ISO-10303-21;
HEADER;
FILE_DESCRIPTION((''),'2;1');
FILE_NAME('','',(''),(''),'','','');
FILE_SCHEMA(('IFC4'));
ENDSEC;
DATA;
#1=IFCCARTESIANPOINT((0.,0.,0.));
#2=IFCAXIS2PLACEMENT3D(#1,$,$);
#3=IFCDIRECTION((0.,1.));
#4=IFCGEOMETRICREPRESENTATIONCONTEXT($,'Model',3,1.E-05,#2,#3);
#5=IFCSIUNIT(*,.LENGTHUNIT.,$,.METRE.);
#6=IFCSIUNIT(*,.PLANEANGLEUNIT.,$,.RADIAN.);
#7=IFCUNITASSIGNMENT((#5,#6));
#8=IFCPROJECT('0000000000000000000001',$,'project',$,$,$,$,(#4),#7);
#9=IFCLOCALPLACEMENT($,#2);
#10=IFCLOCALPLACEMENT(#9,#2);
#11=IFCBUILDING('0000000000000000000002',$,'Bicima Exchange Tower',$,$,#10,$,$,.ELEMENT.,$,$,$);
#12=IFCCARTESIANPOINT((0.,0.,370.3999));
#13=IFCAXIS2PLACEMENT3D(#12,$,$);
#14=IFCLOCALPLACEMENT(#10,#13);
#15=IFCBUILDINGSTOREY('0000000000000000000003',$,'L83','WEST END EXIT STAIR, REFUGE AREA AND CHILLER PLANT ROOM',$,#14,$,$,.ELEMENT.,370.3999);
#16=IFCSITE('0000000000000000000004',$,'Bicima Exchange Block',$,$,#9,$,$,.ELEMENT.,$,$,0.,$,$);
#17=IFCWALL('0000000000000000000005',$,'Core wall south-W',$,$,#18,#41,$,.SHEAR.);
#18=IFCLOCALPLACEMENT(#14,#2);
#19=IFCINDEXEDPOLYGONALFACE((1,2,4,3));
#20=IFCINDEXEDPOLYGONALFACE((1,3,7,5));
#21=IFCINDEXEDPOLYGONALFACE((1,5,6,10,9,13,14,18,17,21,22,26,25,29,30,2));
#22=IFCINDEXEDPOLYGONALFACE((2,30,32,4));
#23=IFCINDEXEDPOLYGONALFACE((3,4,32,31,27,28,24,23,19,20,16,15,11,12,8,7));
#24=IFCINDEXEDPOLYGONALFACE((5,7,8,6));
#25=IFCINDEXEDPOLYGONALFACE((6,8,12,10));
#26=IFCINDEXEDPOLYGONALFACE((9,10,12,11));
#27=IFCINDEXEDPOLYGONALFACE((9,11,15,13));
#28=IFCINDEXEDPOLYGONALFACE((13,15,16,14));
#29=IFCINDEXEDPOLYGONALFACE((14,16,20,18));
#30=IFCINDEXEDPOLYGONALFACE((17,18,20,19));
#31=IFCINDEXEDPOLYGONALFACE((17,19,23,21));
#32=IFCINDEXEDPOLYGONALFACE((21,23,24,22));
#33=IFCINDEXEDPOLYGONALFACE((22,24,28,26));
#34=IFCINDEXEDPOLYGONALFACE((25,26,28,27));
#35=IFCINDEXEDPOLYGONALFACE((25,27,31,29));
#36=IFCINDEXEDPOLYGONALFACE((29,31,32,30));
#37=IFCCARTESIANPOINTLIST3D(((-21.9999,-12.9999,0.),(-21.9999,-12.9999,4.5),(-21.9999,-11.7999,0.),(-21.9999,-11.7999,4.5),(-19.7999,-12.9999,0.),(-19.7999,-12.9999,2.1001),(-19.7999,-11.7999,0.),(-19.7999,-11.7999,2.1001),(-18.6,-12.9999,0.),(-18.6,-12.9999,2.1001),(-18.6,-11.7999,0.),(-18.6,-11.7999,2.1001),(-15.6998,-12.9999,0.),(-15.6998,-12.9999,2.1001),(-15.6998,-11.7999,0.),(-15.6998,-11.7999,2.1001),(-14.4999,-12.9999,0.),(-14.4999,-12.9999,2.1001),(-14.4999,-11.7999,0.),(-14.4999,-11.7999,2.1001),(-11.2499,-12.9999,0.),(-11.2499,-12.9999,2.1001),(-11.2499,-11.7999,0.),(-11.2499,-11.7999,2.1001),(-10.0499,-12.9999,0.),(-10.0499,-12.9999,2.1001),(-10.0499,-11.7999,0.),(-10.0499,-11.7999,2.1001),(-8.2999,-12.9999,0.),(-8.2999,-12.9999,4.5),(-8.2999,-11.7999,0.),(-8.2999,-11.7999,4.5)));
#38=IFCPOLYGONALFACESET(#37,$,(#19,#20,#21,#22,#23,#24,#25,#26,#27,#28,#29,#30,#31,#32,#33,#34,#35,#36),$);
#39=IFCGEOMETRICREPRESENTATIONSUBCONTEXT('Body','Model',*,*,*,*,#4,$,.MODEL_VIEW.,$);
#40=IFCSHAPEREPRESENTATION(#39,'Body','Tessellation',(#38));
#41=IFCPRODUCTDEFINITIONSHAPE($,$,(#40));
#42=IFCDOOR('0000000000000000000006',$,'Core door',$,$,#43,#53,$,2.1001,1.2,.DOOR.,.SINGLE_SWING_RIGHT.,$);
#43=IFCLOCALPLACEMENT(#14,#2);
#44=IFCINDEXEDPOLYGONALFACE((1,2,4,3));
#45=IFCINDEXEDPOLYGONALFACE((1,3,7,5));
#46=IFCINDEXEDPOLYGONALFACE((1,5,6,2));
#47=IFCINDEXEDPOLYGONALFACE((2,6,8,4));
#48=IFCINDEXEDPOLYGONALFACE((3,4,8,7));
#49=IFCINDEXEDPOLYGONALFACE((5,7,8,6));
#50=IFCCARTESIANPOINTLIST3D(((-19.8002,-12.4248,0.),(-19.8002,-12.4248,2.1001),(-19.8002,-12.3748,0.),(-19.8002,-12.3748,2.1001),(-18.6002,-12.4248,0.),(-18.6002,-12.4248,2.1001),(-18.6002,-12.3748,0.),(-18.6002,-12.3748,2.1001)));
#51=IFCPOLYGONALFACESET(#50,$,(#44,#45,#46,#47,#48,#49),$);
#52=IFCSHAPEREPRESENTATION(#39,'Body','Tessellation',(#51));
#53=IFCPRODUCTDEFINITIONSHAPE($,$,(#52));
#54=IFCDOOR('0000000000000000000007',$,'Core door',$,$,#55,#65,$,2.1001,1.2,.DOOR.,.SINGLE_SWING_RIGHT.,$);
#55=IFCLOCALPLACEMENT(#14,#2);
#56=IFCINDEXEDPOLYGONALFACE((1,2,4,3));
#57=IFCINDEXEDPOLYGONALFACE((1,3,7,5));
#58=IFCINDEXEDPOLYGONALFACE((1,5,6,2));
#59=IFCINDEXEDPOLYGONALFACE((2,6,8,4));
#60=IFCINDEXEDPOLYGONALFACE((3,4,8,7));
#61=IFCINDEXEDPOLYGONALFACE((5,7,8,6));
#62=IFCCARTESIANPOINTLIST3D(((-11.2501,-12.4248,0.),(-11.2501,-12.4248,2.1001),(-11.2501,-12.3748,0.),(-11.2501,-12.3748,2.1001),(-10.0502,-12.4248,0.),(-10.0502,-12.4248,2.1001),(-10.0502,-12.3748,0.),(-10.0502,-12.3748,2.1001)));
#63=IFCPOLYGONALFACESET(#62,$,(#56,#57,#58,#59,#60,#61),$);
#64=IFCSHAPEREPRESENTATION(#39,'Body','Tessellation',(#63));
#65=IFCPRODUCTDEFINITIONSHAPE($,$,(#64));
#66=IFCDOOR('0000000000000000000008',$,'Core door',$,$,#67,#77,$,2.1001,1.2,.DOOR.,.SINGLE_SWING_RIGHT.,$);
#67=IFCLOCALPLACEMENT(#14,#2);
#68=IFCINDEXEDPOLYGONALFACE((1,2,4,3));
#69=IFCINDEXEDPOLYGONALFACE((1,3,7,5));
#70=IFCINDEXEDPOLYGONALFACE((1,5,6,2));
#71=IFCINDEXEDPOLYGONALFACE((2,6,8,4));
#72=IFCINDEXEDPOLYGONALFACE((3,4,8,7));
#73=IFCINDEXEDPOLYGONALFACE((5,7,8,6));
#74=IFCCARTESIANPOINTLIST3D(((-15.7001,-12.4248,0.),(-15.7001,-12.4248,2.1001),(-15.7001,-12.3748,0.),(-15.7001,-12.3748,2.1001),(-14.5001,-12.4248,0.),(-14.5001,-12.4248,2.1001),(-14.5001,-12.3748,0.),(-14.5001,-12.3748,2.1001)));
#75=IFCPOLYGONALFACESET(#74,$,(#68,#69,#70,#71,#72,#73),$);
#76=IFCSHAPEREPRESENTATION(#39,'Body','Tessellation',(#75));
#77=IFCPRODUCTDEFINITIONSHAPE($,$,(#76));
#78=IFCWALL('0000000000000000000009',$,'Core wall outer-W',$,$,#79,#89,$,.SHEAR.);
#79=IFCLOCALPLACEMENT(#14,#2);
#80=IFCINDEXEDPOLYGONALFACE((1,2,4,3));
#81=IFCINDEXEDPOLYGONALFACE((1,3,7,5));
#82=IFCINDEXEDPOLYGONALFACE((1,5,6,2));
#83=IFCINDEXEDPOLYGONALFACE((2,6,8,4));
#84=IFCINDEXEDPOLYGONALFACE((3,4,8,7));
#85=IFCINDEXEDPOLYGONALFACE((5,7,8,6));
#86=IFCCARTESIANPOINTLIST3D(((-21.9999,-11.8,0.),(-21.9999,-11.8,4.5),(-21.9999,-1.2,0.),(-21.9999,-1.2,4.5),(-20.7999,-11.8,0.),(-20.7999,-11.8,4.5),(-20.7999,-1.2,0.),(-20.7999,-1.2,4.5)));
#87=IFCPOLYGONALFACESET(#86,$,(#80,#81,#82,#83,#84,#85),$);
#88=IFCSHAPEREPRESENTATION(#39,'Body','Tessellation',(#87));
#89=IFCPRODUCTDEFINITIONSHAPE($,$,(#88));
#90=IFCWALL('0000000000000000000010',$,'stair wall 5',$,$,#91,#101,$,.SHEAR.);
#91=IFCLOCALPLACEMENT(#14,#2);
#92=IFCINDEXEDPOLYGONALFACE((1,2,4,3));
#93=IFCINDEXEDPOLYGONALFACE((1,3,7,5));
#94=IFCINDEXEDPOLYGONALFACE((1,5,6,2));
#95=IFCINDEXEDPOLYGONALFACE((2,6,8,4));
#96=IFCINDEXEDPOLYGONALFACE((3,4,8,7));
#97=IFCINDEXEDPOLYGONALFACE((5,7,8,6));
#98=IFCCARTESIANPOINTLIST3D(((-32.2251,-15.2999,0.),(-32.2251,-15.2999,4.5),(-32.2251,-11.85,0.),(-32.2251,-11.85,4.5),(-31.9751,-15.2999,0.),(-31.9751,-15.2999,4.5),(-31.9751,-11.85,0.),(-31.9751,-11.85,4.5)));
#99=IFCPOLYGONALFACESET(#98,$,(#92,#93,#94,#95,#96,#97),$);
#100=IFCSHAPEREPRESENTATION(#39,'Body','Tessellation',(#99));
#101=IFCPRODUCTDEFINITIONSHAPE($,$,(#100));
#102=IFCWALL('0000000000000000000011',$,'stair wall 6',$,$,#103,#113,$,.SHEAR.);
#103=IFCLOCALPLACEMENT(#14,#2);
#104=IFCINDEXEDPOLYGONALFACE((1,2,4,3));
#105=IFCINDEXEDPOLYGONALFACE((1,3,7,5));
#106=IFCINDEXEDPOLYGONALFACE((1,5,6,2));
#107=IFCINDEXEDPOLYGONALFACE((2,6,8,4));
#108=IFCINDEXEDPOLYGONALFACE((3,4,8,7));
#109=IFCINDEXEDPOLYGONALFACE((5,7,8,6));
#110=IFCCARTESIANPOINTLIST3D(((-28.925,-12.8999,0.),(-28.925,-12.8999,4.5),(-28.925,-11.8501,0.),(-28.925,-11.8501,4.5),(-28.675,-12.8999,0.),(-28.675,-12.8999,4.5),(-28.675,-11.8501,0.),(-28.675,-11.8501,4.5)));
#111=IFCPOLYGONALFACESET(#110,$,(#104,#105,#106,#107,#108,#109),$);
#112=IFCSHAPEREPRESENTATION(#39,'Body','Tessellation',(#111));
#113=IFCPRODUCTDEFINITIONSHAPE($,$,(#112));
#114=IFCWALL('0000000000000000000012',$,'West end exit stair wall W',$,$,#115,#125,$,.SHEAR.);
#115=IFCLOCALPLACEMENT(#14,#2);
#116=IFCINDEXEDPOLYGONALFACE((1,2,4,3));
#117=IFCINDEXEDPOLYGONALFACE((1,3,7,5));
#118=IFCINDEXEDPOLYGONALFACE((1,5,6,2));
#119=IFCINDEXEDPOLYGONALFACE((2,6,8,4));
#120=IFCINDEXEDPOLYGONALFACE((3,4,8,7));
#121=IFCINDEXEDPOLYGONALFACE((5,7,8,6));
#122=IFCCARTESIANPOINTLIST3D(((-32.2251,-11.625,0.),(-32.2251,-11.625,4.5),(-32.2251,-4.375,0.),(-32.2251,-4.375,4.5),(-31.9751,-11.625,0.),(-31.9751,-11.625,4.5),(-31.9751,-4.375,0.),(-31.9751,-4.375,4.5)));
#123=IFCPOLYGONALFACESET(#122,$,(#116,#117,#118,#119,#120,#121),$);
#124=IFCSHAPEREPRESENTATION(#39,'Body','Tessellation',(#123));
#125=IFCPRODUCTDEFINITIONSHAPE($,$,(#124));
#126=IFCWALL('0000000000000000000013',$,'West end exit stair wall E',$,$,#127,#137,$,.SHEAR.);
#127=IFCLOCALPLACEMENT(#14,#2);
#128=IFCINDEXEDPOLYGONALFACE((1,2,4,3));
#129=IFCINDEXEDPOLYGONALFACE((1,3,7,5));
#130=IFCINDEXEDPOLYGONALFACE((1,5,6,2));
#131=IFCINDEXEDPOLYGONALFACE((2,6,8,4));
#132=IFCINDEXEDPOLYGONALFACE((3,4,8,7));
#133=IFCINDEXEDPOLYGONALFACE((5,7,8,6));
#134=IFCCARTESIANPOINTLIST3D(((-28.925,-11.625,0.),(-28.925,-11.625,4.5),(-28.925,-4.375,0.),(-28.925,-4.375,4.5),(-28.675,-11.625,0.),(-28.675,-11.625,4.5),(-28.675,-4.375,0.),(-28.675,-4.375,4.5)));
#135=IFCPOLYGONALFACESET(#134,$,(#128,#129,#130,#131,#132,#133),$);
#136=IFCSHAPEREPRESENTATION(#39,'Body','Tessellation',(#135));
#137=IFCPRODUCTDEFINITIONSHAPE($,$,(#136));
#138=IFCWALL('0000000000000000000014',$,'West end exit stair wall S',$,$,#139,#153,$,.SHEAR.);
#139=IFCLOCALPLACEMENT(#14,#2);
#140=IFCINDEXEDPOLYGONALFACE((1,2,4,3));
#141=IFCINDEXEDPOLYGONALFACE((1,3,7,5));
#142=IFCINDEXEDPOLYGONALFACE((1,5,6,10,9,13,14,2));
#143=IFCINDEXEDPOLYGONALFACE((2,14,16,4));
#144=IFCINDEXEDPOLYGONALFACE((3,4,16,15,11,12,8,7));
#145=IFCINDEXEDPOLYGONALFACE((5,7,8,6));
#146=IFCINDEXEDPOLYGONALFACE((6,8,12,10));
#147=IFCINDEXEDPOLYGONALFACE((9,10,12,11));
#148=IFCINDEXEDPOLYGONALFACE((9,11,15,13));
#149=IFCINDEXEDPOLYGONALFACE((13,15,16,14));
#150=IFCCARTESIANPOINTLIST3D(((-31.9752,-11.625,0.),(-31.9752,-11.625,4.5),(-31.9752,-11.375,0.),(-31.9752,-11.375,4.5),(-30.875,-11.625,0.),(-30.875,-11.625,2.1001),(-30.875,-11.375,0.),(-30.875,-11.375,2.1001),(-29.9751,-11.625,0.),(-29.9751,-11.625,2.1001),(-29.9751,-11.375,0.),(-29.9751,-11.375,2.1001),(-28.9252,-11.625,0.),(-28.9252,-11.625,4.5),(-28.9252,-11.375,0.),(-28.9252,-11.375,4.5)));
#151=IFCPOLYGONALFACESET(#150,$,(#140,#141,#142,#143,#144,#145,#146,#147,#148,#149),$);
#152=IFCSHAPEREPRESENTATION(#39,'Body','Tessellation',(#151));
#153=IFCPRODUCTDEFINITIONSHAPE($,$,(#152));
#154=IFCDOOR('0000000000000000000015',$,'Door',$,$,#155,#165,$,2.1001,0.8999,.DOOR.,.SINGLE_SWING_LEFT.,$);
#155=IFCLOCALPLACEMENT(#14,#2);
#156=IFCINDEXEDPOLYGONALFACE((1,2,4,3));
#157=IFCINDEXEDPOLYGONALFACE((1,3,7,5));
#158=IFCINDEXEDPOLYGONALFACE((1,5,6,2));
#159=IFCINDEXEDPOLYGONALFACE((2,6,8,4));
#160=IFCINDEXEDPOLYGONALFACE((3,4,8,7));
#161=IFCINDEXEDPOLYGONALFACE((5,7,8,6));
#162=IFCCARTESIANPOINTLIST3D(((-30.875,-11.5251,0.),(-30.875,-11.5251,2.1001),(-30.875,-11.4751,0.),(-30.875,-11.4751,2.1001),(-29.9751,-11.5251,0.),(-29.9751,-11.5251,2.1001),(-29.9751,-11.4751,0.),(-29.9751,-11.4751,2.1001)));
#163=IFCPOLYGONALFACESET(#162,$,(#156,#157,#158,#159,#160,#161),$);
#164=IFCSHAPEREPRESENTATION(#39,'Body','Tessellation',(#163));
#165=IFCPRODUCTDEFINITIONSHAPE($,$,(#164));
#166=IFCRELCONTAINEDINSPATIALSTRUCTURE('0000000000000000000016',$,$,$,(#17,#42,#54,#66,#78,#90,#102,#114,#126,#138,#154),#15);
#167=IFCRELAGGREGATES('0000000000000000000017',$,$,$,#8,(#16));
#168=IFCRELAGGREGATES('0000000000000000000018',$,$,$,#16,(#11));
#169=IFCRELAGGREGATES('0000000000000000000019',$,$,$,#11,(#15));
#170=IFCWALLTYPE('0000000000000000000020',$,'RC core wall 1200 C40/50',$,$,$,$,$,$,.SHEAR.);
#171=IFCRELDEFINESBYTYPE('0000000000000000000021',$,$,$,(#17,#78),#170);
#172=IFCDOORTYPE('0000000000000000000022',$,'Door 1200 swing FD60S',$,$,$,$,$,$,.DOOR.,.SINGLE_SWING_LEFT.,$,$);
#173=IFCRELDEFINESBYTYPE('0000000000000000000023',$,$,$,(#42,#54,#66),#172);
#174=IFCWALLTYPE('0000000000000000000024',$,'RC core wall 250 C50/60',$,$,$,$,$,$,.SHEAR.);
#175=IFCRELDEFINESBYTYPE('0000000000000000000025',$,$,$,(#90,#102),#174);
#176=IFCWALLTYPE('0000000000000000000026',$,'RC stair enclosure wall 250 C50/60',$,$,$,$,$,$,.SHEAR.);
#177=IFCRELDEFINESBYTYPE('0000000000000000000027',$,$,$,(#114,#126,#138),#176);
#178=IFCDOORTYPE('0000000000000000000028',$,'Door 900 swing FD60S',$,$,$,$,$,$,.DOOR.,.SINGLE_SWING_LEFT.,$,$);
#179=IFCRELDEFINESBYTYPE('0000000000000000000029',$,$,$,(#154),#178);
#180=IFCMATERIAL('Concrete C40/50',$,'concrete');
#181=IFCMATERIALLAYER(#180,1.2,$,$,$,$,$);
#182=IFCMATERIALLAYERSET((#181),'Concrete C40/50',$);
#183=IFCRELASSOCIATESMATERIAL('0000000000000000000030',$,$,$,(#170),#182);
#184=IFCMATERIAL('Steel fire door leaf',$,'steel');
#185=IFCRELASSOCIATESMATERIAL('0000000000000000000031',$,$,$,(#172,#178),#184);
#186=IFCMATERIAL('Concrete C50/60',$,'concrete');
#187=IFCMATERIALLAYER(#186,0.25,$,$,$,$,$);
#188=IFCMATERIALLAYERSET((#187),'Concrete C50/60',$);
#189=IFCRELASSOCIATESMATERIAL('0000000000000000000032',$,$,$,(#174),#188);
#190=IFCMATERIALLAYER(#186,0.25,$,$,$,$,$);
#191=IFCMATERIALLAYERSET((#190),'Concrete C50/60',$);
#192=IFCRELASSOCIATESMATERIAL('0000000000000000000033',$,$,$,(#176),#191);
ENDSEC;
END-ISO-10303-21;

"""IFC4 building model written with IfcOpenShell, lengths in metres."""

from ifc_helpers import new_model, si_unit, direction, frame, frame_2d, origin, place, context, subcontext, project, spatial, rectangle, extrude, material, layer, layer_set, type_object, element, fill, save


model = new_model("IFC4")

# Units and contexts
model_context = context("Model", 3, precision=1e-05, world=origin(), true_north=direction((0.0, 1.0)))
body_context = subcontext(model_context, "Body", "Model", "MODEL_VIEW")
ifc_project = project(units=[si_unit("LENGTHUNIT", "METRE"), si_unit("PLANEANGLEUNIT", "RADIAN")], contexts=[model_context])

# Site, building, storey
site_placement = place(None, origin())
site = spatial("IfcSite", under=ifc_project, at=site_placement, Name="Bicima Exchange Block", CompositionType="ELEMENT", RefElevation=0.0)
building_placement = place(site_placement, origin())
building = spatial("IfcBuilding", under=site, at=building_placement, Name="Bicima Exchange Tower", CompositionType="ELEMENT")
storey_placement = place(building_placement, frame((0.0, 0.0, 370.3999)))
storey = spatial("IfcBuildingStorey", under=building, at=storey_placement, Name="L83", Description="WEST END EXIT STAIR, REFUGE AREA AND CHILLER PLANT ROOM", CompositionType="ELEMENT", Elevation=370.3999)

# Shared definitions
ifc_material_1 = material(Name="Steel fire door leaf", Category="steel")

# Wall, openings, doors
ifc_material_2 = material(Name="Concrete C40/50", Category="concrete")
ifc_layer_1 = layer(ifc_material_2, 1.2)
ifc_layer_set_1 = layer_set([ifc_layer_1], Name="Concrete C40/50")
wall_type_1 = type_object("IfcWallType", Name="RC core wall 1200 C40/50", PredefinedType="SHEAR", material=ifc_layer_set_1)
wall_1_placement = place(storey_placement, frame((-22.0, -12.3999, 0.0), z_axis=(0.0, 0.0, 1.0), x_axis=(1.0, 0.0, 0.0)))
wall_1 = element("IfcWall", 1, at=wall_1_placement, inside=storey, type_object=wall_type_1, Name="Core wall south-W", PredefinedType="SHEAR", context=body_context, shape_type="SweptSolid", body=[
    extrude(rectangle(XDim=13.7, YDim=1.2, at=frame_2d((6.8501, 0.0))), origin(), (0.0, 0.0, 1.0), 4.5),
])
opening_1_placement = place(wall_1_placement, frame((2.2, 0.0, 0.0)))
opening_1 = element("IfcOpeningElement", 2, at=opening_1_placement, cuts=wall_1, PredefinedType="OPENING", context=body_context, shape_type="SweptSolid", body=[
    extrude(rectangle(XDim=1.2, YDim=2.1001, at=frame_2d((0.6001, 1.05))), frame((0.0, 0.6118, 0.0), z_axis=(0.0, -1.0, 0.0), x_axis=(1.0, 0.0, 0.0)), (0.0, 0.0, 1.0), 1.2239),
])
opening_2_placement = place(wall_1_placement, frame((10.75, 0.0, 0.0)))
opening_2 = element("IfcOpeningElement", 3, at=opening_2_placement, cuts=wall_1, PredefinedType="OPENING", context=body_context, shape_type="SweptSolid", body=[
    extrude(rectangle(XDim=1.2, YDim=2.1001, at=frame_2d((0.6001, 1.05))), frame((0.0, 0.6118, 0.0), z_axis=(0.0, -1.0, 0.0), x_axis=(1.0, 0.0, 0.0)), (0.0, 0.0, 1.0), 1.2239),
])
opening_3_placement = place(wall_1_placement, frame((6.3, 0.0, 0.0)))
opening_3 = element("IfcOpeningElement", 4, at=opening_3_placement, cuts=wall_1, PredefinedType="OPENING", context=body_context, shape_type="SweptSolid", body=[
    extrude(rectangle(XDim=1.2, YDim=2.1001, at=frame_2d((0.6001, 1.05))), frame((0.0, 0.6118, 0.0), z_axis=(0.0, -1.0, 0.0), x_axis=(1.0, 0.0, 0.0)), (0.0, 0.0, 1.0), 1.2239),
])
door_type_1 = type_object("IfcDoorType", Name="Door 1200 swing FD60S", OperationType="SINGLE_SWING_LEFT", PredefinedType="DOOR", material=ifc_material_1)
door_1_placement = place(opening_1_placement, frame((1.2, 0.0, 0.0), z_axis=(0.0, 0.0, 1.0), x_axis=(-1.0, 0.0, 0.0)))
door_1 = element("IfcDoor", 5, at=door_1_placement, inside=storey, type_object=door_type_1, Name="Core door", OperationType="SINGLE_SWING_RIGHT", OverallHeight=2.1001, OverallWidth=1.2, PredefinedType="DOOR", context=body_context, shape_type="SweptSolid", body=[
    extrude(rectangle(XDim=1.2, YDim=2.1001, at=frame_2d((0.6001, 1.05))), frame((0.0, 0.0249, 0.0), z_axis=(0.0, -1.0, 0.0), x_axis=(1.0, 0.0, 0.0)), (0.0, 0.0, 1.0), 0.05),
])
fill(opening_1, door_1)
door_2_placement = place(opening_2_placement, frame((1.2, 0.0, 0.0), z_axis=(0.0, 0.0, 1.0), x_axis=(-1.0, 0.0, 0.0)))
door_2 = element("IfcDoor", 6, at=door_2_placement, inside=storey, type_object=door_type_1, Name="Core door", OperationType="SINGLE_SWING_RIGHT", OverallHeight=2.1001, OverallWidth=1.2, PredefinedType="DOOR", context=body_context, shape_type="SweptSolid", body=[
    extrude(rectangle(XDim=1.2, YDim=2.1001, at=frame_2d((0.6001, 1.05))), frame((0.0, 0.0249, 0.0), z_axis=(0.0, -1.0, 0.0), x_axis=(1.0, 0.0, 0.0)), (0.0, 0.0, 1.0), 0.05),
])
fill(opening_2, door_2)
door_3_placement = place(opening_3_placement, frame((1.2, 0.0, 0.0), z_axis=(0.0, 0.0, 1.0), x_axis=(-1.0, 0.0, 0.0)))
door_3 = element("IfcDoor", 7, at=door_3_placement, inside=storey, type_object=door_type_1, Name="Core door", OperationType="SINGLE_SWING_RIGHT", OverallHeight=2.1001, OverallWidth=1.2, PredefinedType="DOOR", context=body_context, shape_type="SweptSolid", body=[
    extrude(rectangle(XDim=1.2, YDim=2.1001, at=frame_2d((0.6001, 1.05))), frame((0.0, 0.0249, 0.0), z_axis=(0.0, -1.0, 0.0), x_axis=(1.0, 0.0, 0.0)), (0.0, 0.0, 1.0), 0.05),
])
fill(opening_3, door_3)

# Walls
wall_2_placement = place(storey_placement, frame((-21.3999, -11.8, 0.0), z_axis=(0.0, 0.0, 1.0), x_axis=(0.0, 1.0, 0.0)))
element("IfcWall", 8, at=wall_2_placement, inside=storey, type_object=wall_type_1, Name="Core wall outer-W", PredefinedType="SHEAR", context=body_context, shape_type="SweptSolid", body=[
    extrude(rectangle(XDim=10.6001, YDim=1.2, at=frame_2d((5.3, 0.0))), origin(), (0.0, 0.0, 1.0), 4.5),
])
ifc_material_3 = material(Name="Concrete C50/60", Category="concrete")
ifc_layer_2 = layer(ifc_material_3, 0.25)
ifc_layer_set_2 = layer_set([ifc_layer_2], Name="Concrete C50/60")
wall_type_2 = type_object("IfcWallType", Name="RC core wall 250 C50/60", PredefinedType="SHEAR", material=ifc_layer_set_2)
wall_3_placement = place(storey_placement, frame((-32.1001, -15.3, 0.0), z_axis=(0.0, 0.0, 1.0), x_axis=(0.0, 1.0, 0.0)))
element("IfcWall", 9, at=wall_3_placement, inside=storey, type_object=wall_type_2, Name="stair wall 5", PredefinedType="SHEAR", context=body_context, shape_type="SweptSolid", body=[
    extrude(rectangle(XDim=3.45, YDim=0.25, at=frame_2d((1.7251, 0.0))), origin(), (0.0, 0.0, 1.0), 4.5),
])
wall_4_placement = place(storey_placement, frame((-28.8, -12.8999, 0.0), z_axis=(0.0, 0.0, 1.0), x_axis=(0.0, 1.0, 0.0)))
element("IfcWall", 10, at=wall_4_placement, inside=storey, type_object=wall_type_2, Name="stair wall 6", PredefinedType="SHEAR", context=body_context, shape_type="SweptSolid", body=[
    extrude(rectangle(XDim=1.0498, YDim=0.25, at=frame_2d((0.5249, 0.0))), origin(), (0.0, 0.0, 1.0), 4.5),
])
ifc_layer_3 = layer(ifc_material_3, 0.25)
ifc_layer_set_3 = layer_set([ifc_layer_3], Name="Concrete C50/60")
wall_type_3 = type_object("IfcWallType", Name="RC stair enclosure wall 250 C50/60", PredefinedType="SHEAR", material=ifc_layer_set_3)
for number, where, z_axis, x_axis, name in (
    (11, (-32.1001, -11.625, 0.0), (0.0, 0.0, 1.0), (0.0, 1.0, 0.0), "West end exit stair wall W"),
    (12, (-28.8, -11.625, 0.0), (0.0, 0.0, 1.0), (0.0, 1.0, 0.0), "West end exit stair wall E"),
):
    element("IfcWall", number, at=place(storey_placement, frame(where, z_axis=z_axis, x_axis=x_axis)), inside=storey, type_object=wall_type_3, Name=name, PredefinedType="SHEAR", context=body_context, shape_type="SweptSolid", body=[
        extrude(rectangle(XDim=7.25, YDim=0.25, at=frame_2d((3.625, 0.0))), origin(), (0.0, 0.0, 1.0), 4.5),
    ])

# Wall, opening, door
wall_5_placement = place(storey_placement, frame((-31.9751, -11.5, 0.0), z_axis=(0.0, 0.0, 1.0), x_axis=(1.0, 0.0, 0.0)))
wall_5 = element("IfcWall", 13, at=wall_5_placement, inside=storey, type_object=wall_type_3, Name="West end exit stair wall S", PredefinedType="SHEAR", context=body_context, shape_type="SweptSolid", body=[
    extrude(rectangle(XDim=3.05, YDim=0.25, at=frame_2d((1.5249, 0.0))), origin(), (0.0, 0.0, 1.0), 4.5),
])
opening_4_placement = place(wall_5_placement, frame((1.1001, 0.0, 0.0)))
opening_4 = element("IfcOpeningElement", 14, at=opening_4_placement, cuts=wall_5, PredefinedType="OPENING", context=body_context, shape_type="SweptSolid", body=[
    extrude(rectangle(XDim=0.8999, YDim=2.1001, at=frame_2d((0.45, 1.05))), frame((0.0, 0.137, 0.0), z_axis=(0.0, -1.0, 0.0), x_axis=(1.0, 0.0, 0.0)), (0.0, 0.0, 1.0), 0.2739),
])
door_type_2 = type_object("IfcDoorType", Name="Door 900 swing FD60S", OperationType="SINGLE_SWING_LEFT", PredefinedType="DOOR", material=ifc_material_1)
door_4_placement = place(opening_4_placement, origin())
door_4 = element("IfcDoor", 15, at=door_4_placement, inside=storey, type_object=door_type_2, Name="Door", OperationType="SINGLE_SWING_LEFT", OverallHeight=2.1001, OverallWidth=0.8999, PredefinedType="DOOR", context=body_context, shape_type="SweptSolid", body=[
    extrude(rectangle(XDim=0.8999, YDim=2.1001, at=frame_2d((0.45, 1.05))), frame((0.0, 0.0249, 0.0), z_axis=(0.0, -1.0, 0.0), x_axis=(1.0, 0.0, 0.0)), (0.0, 0.0, 1.0), 0.05),
])
fill(opening_4, door_4)

save(model, "model.ifc")
